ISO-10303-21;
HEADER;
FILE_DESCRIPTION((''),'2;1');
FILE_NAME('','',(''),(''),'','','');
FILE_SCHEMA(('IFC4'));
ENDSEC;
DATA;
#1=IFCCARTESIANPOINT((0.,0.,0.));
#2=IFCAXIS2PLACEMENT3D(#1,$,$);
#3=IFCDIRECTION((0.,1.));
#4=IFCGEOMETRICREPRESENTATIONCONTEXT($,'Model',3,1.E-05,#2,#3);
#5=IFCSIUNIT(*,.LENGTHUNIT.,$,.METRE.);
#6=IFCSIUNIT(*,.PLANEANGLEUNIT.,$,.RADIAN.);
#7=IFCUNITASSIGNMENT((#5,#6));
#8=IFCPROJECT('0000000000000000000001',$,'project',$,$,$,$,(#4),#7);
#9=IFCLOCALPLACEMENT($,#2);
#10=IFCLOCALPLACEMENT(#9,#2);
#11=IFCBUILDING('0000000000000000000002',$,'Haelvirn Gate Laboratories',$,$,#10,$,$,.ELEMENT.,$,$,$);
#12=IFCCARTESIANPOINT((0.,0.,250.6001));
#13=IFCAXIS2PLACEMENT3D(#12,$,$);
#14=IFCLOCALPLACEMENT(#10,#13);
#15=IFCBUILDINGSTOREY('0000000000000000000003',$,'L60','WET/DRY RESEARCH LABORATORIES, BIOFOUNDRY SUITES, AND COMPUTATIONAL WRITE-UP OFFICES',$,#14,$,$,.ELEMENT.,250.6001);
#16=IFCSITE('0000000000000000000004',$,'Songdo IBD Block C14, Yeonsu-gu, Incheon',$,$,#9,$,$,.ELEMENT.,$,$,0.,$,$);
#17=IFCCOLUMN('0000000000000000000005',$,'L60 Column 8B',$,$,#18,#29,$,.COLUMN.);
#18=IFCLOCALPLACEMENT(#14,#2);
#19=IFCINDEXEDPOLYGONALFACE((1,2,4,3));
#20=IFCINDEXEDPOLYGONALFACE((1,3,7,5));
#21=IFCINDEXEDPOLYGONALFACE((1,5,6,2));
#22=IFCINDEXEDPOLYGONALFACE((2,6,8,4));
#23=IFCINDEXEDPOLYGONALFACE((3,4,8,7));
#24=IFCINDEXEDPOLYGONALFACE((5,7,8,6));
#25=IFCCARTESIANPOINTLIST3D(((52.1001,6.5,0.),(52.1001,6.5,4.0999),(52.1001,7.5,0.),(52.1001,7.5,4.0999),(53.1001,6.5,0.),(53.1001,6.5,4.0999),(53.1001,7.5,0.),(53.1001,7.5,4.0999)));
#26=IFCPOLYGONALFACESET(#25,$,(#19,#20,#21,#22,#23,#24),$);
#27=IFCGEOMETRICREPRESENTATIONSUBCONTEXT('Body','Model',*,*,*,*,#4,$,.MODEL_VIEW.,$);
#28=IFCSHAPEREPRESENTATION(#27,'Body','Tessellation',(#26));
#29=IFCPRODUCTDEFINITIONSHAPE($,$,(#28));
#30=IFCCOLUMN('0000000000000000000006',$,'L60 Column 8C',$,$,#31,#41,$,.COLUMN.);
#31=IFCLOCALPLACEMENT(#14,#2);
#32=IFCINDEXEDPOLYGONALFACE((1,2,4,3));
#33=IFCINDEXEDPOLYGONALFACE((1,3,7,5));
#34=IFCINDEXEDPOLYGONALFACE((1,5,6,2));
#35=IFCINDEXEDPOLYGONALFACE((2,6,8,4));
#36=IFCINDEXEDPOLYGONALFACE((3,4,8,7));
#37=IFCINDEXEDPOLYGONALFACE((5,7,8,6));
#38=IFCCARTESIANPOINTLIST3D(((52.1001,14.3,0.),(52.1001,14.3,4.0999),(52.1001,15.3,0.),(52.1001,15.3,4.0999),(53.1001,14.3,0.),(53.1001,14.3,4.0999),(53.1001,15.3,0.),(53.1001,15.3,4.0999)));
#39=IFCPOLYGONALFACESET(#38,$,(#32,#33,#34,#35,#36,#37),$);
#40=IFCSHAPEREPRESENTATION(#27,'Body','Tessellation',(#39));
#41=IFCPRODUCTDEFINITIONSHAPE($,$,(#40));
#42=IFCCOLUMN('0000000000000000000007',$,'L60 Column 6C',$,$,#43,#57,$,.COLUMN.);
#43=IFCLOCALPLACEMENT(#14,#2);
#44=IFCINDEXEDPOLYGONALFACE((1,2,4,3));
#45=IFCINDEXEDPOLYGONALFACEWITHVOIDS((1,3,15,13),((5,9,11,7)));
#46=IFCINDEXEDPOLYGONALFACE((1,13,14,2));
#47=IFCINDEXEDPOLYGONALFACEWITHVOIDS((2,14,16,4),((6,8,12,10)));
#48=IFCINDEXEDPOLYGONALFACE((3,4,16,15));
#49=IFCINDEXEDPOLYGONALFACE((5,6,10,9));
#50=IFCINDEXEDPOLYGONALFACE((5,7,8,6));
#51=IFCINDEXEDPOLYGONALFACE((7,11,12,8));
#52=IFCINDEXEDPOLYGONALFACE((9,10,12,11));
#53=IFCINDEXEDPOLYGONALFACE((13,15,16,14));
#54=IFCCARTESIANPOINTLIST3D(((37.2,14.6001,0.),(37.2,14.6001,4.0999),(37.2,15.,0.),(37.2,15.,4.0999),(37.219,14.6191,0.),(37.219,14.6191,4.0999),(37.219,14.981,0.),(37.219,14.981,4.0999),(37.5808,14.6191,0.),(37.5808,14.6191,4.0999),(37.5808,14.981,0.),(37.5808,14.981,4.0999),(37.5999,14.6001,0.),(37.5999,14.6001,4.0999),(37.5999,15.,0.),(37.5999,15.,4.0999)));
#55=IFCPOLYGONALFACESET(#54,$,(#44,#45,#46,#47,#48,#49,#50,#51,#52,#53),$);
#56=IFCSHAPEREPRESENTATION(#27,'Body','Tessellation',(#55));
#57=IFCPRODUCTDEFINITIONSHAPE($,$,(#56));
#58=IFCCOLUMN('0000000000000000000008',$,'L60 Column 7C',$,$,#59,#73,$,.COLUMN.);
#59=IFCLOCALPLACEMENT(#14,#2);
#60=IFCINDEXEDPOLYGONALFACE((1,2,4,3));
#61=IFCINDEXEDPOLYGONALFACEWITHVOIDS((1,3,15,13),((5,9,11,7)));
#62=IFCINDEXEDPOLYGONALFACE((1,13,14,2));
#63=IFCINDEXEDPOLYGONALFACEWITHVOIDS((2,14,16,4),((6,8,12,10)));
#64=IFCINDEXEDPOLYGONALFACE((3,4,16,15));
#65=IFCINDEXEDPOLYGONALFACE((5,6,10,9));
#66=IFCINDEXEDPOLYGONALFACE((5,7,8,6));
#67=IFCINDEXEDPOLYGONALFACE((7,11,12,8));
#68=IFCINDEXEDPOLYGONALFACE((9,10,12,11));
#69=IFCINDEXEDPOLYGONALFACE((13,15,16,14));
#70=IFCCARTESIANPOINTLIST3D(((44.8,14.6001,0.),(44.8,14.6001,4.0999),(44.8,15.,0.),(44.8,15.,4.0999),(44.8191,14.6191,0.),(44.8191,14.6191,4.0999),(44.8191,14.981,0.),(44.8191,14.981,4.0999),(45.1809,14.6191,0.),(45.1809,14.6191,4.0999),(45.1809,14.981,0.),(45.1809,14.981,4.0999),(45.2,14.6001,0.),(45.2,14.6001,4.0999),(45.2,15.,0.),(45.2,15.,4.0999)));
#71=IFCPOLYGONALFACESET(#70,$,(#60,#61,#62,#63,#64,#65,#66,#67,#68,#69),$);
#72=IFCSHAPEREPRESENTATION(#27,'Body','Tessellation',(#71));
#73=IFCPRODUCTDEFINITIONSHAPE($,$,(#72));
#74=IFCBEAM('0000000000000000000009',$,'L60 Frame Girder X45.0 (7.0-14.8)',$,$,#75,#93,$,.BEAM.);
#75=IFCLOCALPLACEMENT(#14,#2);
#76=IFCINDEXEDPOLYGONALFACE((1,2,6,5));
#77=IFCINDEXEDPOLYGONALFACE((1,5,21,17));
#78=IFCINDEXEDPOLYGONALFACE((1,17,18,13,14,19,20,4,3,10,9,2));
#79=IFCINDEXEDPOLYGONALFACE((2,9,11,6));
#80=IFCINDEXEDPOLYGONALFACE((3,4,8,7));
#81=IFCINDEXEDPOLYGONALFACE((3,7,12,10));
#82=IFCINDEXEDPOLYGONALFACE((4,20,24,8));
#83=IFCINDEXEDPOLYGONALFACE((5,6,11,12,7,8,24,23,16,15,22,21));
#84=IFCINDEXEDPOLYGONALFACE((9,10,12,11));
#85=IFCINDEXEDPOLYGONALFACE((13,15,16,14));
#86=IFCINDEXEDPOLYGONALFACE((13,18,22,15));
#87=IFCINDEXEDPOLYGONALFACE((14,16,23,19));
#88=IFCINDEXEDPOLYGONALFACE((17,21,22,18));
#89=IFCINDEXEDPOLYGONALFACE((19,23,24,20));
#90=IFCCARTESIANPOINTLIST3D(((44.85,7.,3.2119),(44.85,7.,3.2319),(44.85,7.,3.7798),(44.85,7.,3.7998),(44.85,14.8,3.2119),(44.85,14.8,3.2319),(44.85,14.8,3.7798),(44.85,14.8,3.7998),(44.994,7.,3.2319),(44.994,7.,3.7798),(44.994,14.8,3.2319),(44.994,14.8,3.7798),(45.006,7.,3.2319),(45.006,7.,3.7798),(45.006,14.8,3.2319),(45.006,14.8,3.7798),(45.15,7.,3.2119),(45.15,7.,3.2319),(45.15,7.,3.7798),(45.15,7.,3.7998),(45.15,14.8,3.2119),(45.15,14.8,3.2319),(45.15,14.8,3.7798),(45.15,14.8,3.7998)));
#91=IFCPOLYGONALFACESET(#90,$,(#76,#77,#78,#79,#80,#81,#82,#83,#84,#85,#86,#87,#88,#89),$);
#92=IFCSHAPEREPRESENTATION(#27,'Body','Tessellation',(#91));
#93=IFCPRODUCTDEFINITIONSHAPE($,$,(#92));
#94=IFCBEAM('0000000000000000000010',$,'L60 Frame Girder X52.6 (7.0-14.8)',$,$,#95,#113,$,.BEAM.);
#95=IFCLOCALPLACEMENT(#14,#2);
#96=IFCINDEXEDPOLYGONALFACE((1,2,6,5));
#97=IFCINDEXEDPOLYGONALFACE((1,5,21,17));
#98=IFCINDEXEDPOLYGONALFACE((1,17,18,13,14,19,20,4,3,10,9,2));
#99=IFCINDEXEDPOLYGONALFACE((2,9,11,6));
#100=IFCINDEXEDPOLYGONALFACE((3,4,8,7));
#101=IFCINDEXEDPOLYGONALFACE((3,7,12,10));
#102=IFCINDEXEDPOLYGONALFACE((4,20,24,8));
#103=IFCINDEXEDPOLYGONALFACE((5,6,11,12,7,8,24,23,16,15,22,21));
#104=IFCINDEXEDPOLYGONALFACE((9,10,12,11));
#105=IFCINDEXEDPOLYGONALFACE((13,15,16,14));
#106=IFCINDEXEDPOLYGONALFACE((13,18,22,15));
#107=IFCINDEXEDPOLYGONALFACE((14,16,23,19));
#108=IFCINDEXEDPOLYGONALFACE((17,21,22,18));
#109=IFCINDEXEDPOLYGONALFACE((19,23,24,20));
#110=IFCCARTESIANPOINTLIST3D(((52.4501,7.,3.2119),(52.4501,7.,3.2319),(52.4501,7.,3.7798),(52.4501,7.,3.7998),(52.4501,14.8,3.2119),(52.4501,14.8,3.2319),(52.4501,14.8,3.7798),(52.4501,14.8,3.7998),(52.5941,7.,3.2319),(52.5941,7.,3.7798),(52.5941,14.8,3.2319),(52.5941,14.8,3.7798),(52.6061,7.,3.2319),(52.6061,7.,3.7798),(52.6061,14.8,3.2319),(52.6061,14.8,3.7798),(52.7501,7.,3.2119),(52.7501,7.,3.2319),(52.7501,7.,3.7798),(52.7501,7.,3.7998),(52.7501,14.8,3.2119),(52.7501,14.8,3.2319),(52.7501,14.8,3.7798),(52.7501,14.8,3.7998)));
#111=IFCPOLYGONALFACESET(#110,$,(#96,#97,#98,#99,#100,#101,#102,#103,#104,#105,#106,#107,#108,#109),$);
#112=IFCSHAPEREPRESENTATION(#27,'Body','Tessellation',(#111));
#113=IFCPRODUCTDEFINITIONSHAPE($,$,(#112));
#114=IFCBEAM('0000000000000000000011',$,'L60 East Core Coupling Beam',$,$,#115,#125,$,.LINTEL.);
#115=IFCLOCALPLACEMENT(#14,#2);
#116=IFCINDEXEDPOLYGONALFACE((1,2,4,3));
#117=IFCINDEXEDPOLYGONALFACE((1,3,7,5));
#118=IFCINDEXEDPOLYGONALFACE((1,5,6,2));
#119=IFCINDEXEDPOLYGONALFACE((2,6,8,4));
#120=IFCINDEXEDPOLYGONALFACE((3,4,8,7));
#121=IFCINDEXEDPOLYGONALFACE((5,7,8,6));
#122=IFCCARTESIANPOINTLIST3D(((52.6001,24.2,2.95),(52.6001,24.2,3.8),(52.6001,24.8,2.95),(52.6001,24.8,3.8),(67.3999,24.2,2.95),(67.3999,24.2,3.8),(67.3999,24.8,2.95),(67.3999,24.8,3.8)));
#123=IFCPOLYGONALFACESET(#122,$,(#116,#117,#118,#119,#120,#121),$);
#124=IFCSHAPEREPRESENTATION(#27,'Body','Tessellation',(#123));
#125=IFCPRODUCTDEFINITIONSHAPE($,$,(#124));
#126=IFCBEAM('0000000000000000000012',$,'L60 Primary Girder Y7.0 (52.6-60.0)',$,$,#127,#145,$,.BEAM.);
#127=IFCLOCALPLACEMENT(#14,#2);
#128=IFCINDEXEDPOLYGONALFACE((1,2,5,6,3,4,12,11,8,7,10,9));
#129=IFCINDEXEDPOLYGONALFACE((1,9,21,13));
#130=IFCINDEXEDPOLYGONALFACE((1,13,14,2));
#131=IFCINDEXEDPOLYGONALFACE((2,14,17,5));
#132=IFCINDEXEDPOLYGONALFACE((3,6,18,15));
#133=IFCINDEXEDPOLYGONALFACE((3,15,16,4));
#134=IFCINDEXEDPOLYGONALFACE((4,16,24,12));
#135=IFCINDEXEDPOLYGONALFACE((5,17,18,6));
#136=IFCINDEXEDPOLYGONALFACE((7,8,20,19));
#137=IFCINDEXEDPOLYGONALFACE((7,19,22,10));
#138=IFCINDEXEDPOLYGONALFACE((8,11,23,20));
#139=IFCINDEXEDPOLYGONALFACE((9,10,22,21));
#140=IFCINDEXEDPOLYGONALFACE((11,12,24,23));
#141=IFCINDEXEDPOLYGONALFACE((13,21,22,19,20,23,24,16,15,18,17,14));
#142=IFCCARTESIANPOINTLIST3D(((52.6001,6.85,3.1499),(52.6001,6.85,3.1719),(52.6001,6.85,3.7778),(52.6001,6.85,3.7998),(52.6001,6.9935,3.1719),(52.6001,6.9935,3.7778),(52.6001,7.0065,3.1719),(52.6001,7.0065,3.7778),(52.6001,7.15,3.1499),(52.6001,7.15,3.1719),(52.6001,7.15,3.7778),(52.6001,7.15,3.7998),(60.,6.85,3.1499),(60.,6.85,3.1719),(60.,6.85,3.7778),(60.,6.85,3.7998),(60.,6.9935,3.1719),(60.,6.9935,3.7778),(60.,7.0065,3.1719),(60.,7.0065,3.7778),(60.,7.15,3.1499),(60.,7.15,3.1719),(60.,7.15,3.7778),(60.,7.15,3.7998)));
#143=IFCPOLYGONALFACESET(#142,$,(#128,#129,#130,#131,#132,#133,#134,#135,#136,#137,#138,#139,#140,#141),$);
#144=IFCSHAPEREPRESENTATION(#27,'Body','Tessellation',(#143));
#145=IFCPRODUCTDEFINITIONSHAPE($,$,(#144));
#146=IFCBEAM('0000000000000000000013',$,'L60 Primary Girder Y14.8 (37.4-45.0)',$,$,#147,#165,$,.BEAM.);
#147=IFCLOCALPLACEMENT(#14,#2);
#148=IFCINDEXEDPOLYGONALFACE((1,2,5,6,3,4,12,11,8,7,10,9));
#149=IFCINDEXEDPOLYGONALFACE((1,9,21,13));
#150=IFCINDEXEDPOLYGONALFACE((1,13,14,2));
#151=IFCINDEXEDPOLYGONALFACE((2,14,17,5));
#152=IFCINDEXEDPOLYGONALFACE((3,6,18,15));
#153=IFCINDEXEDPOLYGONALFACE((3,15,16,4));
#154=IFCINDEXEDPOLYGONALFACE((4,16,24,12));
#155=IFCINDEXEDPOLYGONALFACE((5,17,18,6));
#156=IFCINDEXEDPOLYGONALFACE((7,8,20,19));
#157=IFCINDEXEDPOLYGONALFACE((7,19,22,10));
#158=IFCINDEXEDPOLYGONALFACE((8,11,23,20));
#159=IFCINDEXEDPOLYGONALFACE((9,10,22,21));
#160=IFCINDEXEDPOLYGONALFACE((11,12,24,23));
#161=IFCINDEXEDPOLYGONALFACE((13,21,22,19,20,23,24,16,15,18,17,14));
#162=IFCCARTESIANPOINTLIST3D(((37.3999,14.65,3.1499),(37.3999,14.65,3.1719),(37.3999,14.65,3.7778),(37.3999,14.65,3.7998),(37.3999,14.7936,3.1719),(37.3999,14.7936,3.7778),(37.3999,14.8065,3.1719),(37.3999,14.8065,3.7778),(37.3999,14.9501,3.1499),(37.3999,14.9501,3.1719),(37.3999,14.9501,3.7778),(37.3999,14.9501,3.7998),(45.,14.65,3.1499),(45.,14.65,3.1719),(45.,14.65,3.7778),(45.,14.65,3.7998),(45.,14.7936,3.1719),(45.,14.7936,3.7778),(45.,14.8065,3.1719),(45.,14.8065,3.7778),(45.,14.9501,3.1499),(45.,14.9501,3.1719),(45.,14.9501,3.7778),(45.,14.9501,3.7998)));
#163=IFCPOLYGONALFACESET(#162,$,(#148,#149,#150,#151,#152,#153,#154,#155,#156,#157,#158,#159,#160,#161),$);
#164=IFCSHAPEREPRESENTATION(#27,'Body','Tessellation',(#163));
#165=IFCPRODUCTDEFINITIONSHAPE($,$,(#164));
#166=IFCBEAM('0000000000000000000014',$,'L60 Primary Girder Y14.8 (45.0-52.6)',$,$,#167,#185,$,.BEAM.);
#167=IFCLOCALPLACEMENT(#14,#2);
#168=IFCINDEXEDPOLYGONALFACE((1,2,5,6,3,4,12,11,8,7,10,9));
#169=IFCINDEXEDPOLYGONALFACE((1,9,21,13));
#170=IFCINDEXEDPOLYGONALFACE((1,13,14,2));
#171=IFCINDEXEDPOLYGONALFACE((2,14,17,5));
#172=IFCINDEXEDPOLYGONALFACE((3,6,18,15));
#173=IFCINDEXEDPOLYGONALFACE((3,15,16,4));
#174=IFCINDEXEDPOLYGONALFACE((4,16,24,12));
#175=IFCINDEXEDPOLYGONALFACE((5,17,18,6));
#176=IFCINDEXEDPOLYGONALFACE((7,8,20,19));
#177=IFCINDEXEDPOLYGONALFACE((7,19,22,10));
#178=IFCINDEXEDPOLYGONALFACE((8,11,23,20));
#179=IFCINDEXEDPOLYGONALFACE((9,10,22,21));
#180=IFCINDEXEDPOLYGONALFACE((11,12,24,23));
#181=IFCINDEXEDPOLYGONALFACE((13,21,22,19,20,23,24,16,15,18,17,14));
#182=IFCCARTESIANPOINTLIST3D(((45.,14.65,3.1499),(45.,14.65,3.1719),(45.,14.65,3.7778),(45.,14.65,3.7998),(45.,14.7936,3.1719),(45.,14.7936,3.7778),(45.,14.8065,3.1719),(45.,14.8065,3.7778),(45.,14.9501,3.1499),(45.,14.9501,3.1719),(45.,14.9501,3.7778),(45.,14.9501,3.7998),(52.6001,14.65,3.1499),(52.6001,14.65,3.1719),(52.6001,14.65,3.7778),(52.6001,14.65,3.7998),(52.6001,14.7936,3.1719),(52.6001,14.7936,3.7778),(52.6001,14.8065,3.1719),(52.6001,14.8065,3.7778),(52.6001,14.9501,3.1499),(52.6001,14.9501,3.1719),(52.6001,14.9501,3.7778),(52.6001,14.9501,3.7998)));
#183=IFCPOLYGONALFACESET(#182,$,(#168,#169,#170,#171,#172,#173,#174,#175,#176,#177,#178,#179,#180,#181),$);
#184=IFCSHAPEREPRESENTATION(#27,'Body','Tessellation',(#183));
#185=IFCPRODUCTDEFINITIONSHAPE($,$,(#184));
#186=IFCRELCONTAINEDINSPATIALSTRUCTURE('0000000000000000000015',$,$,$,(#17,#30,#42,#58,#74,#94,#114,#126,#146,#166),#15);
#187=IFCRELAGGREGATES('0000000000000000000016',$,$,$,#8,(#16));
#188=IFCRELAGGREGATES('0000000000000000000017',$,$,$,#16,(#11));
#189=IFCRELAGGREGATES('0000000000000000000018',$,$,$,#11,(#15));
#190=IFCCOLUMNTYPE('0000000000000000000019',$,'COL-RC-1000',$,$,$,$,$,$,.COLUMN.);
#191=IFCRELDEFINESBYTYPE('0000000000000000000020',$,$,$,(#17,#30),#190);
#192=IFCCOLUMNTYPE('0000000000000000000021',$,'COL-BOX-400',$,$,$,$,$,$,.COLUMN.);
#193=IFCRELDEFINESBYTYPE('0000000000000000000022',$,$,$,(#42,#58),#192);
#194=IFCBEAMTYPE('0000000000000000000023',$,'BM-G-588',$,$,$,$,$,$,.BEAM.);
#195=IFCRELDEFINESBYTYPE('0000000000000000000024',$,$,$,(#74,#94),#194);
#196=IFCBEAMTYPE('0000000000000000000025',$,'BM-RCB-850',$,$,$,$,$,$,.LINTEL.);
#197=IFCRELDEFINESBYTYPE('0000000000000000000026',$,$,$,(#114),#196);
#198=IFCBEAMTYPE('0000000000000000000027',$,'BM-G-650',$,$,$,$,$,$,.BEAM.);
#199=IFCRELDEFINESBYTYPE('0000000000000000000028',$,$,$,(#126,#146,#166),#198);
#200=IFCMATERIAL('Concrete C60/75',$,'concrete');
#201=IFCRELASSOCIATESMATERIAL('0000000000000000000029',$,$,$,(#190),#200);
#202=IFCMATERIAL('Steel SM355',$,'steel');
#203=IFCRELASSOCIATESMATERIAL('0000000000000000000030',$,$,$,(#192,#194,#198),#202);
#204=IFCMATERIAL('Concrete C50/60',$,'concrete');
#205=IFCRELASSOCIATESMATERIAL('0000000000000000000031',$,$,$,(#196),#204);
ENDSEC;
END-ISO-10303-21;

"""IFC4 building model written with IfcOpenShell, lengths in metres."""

from ifc_helpers import new_model, si_unit, direction, frame, origin, origin_2d, place, context, subcontext, project, spatial, rectangle, hollow_rectangle, i_section, extrude, source, transform, mapped, material, material_profile, profile_set, type_object, type_shapes, element, save


model = new_model("IFC4")

# Units and contexts
model_context = context("Model", 3, precision=1e-05, world=origin(), true_north=direction((0.0, 1.0)))
body_context = subcontext(model_context, "Body", "Model", "MODEL_VIEW")
ifc_project = project(units=[si_unit("LENGTHUNIT", "METRE"), si_unit("PLANEANGLEUNIT", "RADIAN")], contexts=[model_context])

# Site, building, storey
site_placement = place(None, origin())
site = spatial("IfcSite", under=ifc_project, at=site_placement, Name="Songdo IBD Block C14, Yeonsu-gu, Incheon", CompositionType="ELEMENT", RefElevation=0.0)
building_placement = place(site_placement, origin())
building = spatial("IfcBuilding", under=site, at=building_placement, Name="Haelvirn Gate Laboratories", CompositionType="ELEMENT")
storey_placement = place(building_placement, frame((0.0, 0.0, 250.6001)))
storey = spatial("IfcBuildingStorey", under=building, at=storey_placement, Name="L60", Description="WET/DRY RESEARCH LABORATORIES, BIOFOUNDRY SUITES, AND COMPUTATIONAL WRITE-UP OFFICES", CompositionType="ELEMENT", Elevation=250.6001)

# Columns
ifc_material_1 = material(Name="Concrete C60/75", Category="concrete")
ifc_material_profile_1 = material_profile(ifc_material_1, rectangle(XDim=1.0, YDim=1.0, at=origin_2d()), Name="RC-1000x1000")
ifc_profile_set_1 = profile_set([ifc_material_profile_1], Name="Concrete C60/75")
column_type_1 = type_object("IfcColumnType", Name="COL-RC-1000", PredefinedType="COLUMN", material=ifc_profile_set_1)
shared_shape_1 = source(origin(), body_context, "Body", "SweptSolid", [
    extrude(rectangle(XDim=1.0, YDim=1.0, at=origin_2d()), origin(), (0.0, 0.0, 1.0), 4.0999),
])
type_shapes(column_type_1, [shared_shape_1])
for number, where, z_axis, x_axis, name in (
    (1, (52.6001, 7.0, 0.0), (0.0, 0.0, 1.0), (1.0, 0.0, 0.0), "L60 Column 8B"),
    (2, (52.6001, 14.8, 0.0), (0.0, 0.0, 1.0), (1.0, 0.0, 0.0), "L60 Column 8C"),
):
    element("IfcColumn", number, at=place(storey_placement, frame(where, z_axis=z_axis, x_axis=x_axis)), inside=storey, type_object=column_type_1, Name=name, PredefinedType="COLUMN", context=body_context, shape_type="MappedRepresentation", body=[
        mapped(shared_shape_1, transform((0.0, 0.0, 0.0), scale=1.0)),
    ])
ifc_material_2 = material(Name="Steel SM355", Category="steel")
ifc_material_profile_2 = material_profile(ifc_material_2, hollow_rectangle(XDim=0.3999, YDim=0.3999, WallThickness=0.019, at=origin_2d()), Name="BOX-400x400x19")
ifc_profile_set_2 = profile_set([ifc_material_profile_2], Name="Steel SM355")
column_type_2 = type_object("IfcColumnType", Name="COL-BOX-400", PredefinedType="COLUMN", material=ifc_profile_set_2)
shared_shape_2 = source(origin(), body_context, "Body", "SweptSolid", [
    extrude(hollow_rectangle(XDim=0.3999, YDim=0.3999, WallThickness=0.019, at=origin_2d()), origin(), (0.0, 0.0, 1.0), 4.0999),
])
type_shapes(column_type_2, [shared_shape_2])
for number, where, z_axis, x_axis, name in (
    (3, (37.3999, 14.8, 0.0), (0.0, 0.0, 1.0), (1.0, 0.0, 0.0), "L60 Column 6C"),
    (4, (45.0, 14.8, 0.0), (0.0, 0.0, 1.0), (1.0, 0.0, 0.0), "L60 Column 7C"),
):
    element("IfcColumn", number, at=place(storey_placement, frame(where, z_axis=z_axis, x_axis=x_axis)), inside=storey, type_object=column_type_2, Name=name, PredefinedType="COLUMN", context=body_context, shape_type="MappedRepresentation", body=[
        mapped(shared_shape_2, transform((0.0, 0.0, 0.0), scale=1.0)),
    ])

# Beams
ifc_material_profile_3 = material_profile(ifc_material_2, i_section(OverallWidth=0.3, OverallDepth=0.5879, WebThickness=0.012, FlangeThickness=0.02, at=origin_2d()), Name="H-588x300x12x20")
ifc_profile_set_3 = profile_set([ifc_material_profile_3], Name="Steel SM355")
beam_type_1 = type_object("IfcBeamType", Name="BM-G-588", PredefinedType="BEAM", material=ifc_profile_set_3)
shared_shape_3 = source(origin(), body_context, "Body", "SweptSolid", [
    extrude(i_section(OverallWidth=0.3, OverallDepth=0.5879, WebThickness=0.012, FlangeThickness=0.02, at=origin_2d()), origin(), (0.0, 0.0, 1.0), 7.8),
])
type_shapes(beam_type_1, [shared_shape_3])
for number, where, z_axis, x_axis, name in (
    (5, (45.0, 7.0, 3.5059), (0.0, 1.0, 0.0), (-1.0, 0.0, 0.0), "L60 Frame Girder X45.0 (7.0-14.8)"),
    (6, (52.6001, 7.0, 3.5059), (0.0, 1.0, 0.0), (-1.0, 0.0, 0.0), "L60 Frame Girder X52.6 (7.0-14.8)"),
):
    element("IfcBeam", number, at=place(storey_placement, frame(where, z_axis=z_axis, x_axis=x_axis)), inside=storey, type_object=beam_type_1, Name=name, PredefinedType="BEAM", context=body_context, shape_type="MappedRepresentation", body=[
        mapped(shared_shape_3, transform((0.0, 0.0, 0.0), scale=1.0)),
    ])
ifc_material_3 = material(Name="Concrete C50/60", Category="concrete")
ifc_material_profile_4 = material_profile(ifc_material_3, rectangle(XDim=0.6001, YDim=0.8501, at=origin_2d()), Name="RCB-600x850")
ifc_profile_set_4 = profile_set([ifc_material_profile_4], Name="Concrete C50/60")
beam_type_2 = type_object("IfcBeamType", Name="BM-RCB-850", PredefinedType="LINTEL", material=ifc_profile_set_4)
shared_shape_4 = source(origin(), body_context, "Body", "SweptSolid", [
    extrude(rectangle(XDim=0.6001, YDim=0.8501, at=origin_2d()), origin(), (0.0, 0.0, 1.0), 14.7998),
])
type_shapes(beam_type_2, [shared_shape_4])
beam_1_placement = place(storey_placement, frame((52.6001, 24.5, 3.375), z_axis=(1.0, 0.0, 0.0), x_axis=(0.0, 1.0, 0.0)))
element("IfcBeam", 7, at=beam_1_placement, inside=storey, type_object=beam_type_2, Name="L60 East Core Coupling Beam", PredefinedType="LINTEL", context=body_context, shape_type="MappedRepresentation", body=[
    mapped(shared_shape_4, transform((0.0, 0.0, 0.0), scale=1.0)),
])
ifc_material_profile_5 = material_profile(ifc_material_2, i_section(OverallWidth=0.3, OverallDepth=0.6499, WebThickness=0.0129, FlangeThickness=0.022, at=origin_2d()), Name="H-650x300x13x22")
ifc_profile_set_5 = profile_set([ifc_material_profile_5], Name="Steel SM355")
beam_type_3 = type_object("IfcBeamType", Name="BM-G-650", PredefinedType="BEAM", material=ifc_profile_set_5)
shared_shape_5 = source(origin(), body_context, "Body", "SweptSolid", [
    extrude(i_section(OverallWidth=0.3, OverallDepth=0.6499, WebThickness=0.0129, FlangeThickness=0.022, at=origin_2d()), origin(), (0.0, 0.0, 1.0), 7.3999),
])
beam_2_placement = place(storey_placement, frame((52.6001, 7.0, 3.4749), z_axis=(1.0, 0.0, 0.0), x_axis=(0.0, 1.0, 0.0)))
element("IfcBeam", 8, at=beam_2_placement, inside=storey, type_object=beam_type_3, Name="L60 Primary Girder Y7.0 (52.6-60.0)", PredefinedType="BEAM", context=body_context, shape_type="MappedRepresentation", body=[
    mapped(shared_shape_5, transform((0.0, 0.0, 0.0), scale=1.0)),
])
shared_shape_6 = source(origin(), body_context, "Body", "SweptSolid", [
    extrude(i_section(OverallWidth=0.3, OverallDepth=0.6499, WebThickness=0.0129, FlangeThickness=0.022, at=origin_2d()), origin(), (0.0, 0.0, 1.0), 7.6001),
])
type_shapes(beam_type_3, [shared_shape_5, shared_shape_6])
for number, where, z_axis, x_axis, name in (
    (9, (37.3999, 14.8, 3.4749), (1.0, 0.0, 0.0), (0.0, 1.0, 0.0), "L60 Primary Girder Y14.8 (37.4-45.0)"),
    (10, (45.0, 14.8, 3.4749), (1.0, 0.0, 0.0), (0.0, 1.0, 0.0), "L60 Primary Girder Y14.8 (45.0-52.6)"),
):
    element("IfcBeam", number, at=place(storey_placement, frame(where, z_axis=z_axis, x_axis=x_axis)), inside=storey, type_object=beam_type_3, Name=name, PredefinedType="BEAM", context=body_context, shape_type="MappedRepresentation", body=[
        mapped(shared_shape_6, transform((0.0, 0.0, 0.0), scale=1.0)),
    ])

save(model, "model.ifc")
